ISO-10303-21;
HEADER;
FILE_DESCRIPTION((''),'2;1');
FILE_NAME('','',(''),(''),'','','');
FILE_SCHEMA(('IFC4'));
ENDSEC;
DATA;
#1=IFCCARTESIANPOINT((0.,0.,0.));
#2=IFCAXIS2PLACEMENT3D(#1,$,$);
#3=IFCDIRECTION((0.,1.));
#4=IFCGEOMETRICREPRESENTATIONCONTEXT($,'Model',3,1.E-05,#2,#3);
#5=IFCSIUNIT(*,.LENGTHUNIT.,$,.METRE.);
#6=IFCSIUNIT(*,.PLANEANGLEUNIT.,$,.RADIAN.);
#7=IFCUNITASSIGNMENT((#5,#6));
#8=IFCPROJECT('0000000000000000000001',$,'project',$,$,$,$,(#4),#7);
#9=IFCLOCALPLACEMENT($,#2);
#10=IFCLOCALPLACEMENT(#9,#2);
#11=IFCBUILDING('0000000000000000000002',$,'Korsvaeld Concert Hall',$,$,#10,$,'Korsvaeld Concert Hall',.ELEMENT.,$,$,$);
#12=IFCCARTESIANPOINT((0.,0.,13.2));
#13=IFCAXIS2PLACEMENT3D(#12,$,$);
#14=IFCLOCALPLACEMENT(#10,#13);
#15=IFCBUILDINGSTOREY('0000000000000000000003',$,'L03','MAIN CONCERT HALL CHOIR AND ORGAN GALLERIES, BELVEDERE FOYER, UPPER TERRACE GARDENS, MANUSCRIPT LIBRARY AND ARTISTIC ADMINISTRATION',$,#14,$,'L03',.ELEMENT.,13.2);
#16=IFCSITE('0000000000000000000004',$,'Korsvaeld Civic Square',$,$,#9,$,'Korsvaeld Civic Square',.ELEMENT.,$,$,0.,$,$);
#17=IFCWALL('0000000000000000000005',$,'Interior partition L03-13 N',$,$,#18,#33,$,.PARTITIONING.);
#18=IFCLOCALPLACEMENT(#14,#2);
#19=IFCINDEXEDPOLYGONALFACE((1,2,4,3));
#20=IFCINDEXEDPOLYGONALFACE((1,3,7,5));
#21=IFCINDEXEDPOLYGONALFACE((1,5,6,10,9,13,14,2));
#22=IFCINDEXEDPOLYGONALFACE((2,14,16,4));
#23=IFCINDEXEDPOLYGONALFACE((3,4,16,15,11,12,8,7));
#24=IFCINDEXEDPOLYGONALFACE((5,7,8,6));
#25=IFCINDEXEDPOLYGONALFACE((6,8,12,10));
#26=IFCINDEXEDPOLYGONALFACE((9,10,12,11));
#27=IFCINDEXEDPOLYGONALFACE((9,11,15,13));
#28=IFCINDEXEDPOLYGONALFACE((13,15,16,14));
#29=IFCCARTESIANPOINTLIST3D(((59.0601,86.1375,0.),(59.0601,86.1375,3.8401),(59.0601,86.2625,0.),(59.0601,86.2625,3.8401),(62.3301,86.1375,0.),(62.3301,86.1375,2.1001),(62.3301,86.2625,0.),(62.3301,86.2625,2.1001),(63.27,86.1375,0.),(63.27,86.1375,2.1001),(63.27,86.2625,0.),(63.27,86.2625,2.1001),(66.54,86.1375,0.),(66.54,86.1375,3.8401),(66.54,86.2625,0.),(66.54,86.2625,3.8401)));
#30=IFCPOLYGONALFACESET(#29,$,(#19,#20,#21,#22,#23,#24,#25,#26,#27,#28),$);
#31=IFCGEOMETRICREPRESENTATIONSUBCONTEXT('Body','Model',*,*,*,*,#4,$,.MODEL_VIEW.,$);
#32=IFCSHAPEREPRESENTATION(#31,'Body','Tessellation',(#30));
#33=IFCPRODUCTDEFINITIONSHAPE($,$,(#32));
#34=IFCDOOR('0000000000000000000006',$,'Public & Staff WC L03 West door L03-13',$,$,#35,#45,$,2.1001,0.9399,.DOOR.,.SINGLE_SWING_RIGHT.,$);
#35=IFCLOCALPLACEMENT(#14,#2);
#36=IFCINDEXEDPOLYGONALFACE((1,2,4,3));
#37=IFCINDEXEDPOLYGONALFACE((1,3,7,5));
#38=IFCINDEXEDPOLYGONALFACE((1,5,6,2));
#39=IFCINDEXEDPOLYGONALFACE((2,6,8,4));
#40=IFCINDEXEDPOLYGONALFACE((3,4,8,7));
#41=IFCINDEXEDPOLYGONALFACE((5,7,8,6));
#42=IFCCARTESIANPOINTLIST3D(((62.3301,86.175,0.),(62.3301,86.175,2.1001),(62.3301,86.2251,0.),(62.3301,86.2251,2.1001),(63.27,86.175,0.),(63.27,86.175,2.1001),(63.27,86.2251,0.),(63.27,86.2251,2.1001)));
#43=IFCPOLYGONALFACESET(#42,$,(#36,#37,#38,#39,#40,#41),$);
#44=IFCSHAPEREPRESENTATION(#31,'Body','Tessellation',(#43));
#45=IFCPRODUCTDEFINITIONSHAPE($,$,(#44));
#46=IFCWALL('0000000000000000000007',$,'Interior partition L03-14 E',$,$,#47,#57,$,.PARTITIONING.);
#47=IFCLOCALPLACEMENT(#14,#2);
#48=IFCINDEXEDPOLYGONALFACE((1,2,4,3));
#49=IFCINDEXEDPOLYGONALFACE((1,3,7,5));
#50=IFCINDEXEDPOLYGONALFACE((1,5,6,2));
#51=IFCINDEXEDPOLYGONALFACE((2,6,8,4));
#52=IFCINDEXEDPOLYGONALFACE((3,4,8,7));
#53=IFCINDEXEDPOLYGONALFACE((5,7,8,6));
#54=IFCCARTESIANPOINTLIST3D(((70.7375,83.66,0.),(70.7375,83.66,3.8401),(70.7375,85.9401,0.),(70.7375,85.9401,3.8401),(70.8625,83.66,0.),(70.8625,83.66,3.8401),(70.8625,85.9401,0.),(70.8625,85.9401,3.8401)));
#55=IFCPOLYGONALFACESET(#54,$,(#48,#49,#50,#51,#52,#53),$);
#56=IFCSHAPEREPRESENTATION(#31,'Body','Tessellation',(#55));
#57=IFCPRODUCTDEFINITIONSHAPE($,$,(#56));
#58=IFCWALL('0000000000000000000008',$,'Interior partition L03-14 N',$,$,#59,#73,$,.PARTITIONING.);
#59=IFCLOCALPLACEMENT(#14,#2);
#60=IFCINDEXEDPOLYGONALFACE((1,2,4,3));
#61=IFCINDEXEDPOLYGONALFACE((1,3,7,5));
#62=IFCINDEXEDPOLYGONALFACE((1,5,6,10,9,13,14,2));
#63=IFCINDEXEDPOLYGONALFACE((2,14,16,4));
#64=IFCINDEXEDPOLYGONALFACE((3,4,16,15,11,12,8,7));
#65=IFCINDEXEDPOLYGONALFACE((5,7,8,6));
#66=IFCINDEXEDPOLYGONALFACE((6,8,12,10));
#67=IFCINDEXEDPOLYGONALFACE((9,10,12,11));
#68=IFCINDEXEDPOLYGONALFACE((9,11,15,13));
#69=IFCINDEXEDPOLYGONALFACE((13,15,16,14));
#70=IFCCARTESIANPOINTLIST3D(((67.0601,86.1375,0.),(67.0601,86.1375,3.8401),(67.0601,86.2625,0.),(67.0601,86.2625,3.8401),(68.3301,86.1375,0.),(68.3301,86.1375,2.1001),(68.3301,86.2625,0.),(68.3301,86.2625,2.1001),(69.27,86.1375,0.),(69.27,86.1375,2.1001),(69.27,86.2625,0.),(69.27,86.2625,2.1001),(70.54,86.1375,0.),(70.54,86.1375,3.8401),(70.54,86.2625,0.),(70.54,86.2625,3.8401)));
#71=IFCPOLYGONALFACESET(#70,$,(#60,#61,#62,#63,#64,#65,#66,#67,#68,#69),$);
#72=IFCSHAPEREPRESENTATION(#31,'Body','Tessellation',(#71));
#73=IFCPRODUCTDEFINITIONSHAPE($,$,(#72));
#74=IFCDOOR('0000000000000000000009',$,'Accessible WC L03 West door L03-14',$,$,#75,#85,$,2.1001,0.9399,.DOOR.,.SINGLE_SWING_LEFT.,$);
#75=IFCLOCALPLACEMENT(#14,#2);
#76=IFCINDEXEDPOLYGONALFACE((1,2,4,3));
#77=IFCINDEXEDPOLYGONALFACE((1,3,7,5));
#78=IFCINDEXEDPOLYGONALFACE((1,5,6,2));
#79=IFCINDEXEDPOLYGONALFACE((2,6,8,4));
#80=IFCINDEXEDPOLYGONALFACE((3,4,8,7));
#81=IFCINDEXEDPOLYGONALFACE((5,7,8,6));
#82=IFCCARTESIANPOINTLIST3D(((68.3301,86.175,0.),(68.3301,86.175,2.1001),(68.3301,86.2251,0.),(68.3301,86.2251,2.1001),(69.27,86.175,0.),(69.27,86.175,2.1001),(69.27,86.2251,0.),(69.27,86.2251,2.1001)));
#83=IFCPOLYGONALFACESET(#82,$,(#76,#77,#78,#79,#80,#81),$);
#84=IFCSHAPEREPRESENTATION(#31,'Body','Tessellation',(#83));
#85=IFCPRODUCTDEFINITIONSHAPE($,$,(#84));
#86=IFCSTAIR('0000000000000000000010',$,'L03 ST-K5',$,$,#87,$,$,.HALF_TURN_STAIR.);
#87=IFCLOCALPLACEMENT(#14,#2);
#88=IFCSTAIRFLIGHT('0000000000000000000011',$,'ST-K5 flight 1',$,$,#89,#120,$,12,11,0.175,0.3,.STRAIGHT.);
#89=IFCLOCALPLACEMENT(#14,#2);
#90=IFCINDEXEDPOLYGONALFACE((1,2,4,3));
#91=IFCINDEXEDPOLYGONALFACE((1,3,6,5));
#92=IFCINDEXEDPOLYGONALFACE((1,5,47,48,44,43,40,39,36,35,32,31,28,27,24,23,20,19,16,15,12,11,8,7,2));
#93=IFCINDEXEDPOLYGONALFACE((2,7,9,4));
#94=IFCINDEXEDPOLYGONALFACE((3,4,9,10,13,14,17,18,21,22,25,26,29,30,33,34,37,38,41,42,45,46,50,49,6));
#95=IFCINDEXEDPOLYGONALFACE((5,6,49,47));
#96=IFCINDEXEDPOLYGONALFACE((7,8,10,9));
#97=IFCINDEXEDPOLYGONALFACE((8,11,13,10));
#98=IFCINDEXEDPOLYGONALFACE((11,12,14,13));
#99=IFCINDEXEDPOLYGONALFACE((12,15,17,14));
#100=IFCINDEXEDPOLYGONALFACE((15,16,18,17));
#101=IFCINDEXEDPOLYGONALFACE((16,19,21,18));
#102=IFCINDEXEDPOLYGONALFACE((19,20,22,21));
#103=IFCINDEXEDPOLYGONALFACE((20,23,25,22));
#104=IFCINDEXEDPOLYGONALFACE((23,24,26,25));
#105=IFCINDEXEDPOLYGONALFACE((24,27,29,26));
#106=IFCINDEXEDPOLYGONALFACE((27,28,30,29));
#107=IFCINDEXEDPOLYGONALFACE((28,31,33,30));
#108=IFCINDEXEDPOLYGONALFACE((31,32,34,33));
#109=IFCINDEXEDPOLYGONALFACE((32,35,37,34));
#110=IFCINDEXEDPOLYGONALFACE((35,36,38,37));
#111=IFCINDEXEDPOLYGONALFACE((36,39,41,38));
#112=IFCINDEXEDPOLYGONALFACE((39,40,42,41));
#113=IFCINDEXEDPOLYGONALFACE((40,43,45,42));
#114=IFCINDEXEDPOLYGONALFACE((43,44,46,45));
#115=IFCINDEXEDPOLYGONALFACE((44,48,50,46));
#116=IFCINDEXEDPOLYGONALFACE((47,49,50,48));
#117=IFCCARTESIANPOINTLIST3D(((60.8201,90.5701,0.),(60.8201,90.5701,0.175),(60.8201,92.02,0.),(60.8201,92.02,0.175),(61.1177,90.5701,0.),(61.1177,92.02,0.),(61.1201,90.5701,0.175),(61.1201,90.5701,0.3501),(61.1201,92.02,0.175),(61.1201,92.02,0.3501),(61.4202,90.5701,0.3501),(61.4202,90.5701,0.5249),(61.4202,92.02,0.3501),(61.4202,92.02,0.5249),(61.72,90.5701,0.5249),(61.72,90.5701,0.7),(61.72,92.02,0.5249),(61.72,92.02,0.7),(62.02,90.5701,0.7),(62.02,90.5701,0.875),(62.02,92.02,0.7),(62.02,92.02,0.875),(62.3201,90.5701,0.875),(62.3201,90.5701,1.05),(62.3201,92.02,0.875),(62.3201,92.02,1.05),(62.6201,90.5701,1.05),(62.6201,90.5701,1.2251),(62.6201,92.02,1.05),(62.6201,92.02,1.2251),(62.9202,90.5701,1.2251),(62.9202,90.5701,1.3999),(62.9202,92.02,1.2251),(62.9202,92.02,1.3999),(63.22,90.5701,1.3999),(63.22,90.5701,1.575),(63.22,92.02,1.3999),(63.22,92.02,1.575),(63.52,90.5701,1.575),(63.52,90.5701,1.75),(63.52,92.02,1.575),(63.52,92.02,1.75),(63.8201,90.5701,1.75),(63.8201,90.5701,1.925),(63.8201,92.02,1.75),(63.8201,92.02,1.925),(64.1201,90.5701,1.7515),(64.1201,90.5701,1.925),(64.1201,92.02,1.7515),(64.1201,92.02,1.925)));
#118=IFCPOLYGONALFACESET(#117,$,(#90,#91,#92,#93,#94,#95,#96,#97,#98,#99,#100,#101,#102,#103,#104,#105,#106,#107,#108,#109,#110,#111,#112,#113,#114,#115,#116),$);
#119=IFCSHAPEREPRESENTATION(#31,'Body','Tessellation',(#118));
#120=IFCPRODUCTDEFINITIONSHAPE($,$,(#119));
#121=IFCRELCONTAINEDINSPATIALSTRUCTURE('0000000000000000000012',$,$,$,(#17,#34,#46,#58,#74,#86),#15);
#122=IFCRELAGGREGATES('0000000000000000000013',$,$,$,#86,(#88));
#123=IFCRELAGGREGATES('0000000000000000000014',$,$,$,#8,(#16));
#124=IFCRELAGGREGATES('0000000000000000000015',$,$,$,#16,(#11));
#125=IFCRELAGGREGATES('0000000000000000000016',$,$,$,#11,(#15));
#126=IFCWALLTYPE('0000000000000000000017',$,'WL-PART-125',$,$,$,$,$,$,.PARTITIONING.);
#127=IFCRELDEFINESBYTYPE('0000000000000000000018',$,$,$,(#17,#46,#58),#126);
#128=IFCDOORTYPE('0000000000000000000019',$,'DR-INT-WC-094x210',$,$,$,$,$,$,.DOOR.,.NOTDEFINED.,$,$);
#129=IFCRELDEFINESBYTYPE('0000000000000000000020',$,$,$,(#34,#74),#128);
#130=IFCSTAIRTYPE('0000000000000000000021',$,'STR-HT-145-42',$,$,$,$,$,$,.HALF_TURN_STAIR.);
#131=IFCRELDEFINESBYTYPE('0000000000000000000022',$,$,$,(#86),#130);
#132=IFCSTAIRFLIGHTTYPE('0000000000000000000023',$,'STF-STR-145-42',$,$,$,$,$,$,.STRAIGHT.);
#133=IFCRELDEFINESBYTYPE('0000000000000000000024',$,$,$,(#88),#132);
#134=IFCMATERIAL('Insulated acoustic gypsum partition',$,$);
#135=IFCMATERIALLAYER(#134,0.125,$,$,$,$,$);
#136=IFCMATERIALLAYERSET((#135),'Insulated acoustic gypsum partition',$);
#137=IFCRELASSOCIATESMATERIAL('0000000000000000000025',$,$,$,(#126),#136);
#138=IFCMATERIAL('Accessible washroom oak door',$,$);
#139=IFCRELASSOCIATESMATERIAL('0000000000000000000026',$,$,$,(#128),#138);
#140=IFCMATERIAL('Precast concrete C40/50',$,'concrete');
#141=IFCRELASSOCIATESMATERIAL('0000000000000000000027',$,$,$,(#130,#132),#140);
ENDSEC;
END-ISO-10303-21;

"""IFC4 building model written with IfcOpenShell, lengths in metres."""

from ifc_helpers import new_model, si_unit, direction, frame, frame_2d, origin, place, context, subcontext, project, spatial, polyline, rectangle, outline, extrude, material, layer, layer_set, type_object, element, fill, aggregate, save


model = new_model("IFC4")

# Units and contexts
model_context = context("Model", 3, precision=1e-05, world=origin(), true_north=direction((0.0, 1.0)))
body_context = subcontext(model_context, "Body", "Model", "MODEL_VIEW")
ifc_project = project(units=[si_unit("LENGTHUNIT", "METRE"), si_unit("PLANEANGLEUNIT", "RADIAN")], contexts=[model_context])

# Site, building, storey
site_placement = place(None, origin())
site = spatial("IfcSite", under=ifc_project, at=site_placement, Name="Korsvaeld Civic Square", LongName="Korsvaeld Civic Square", CompositionType="ELEMENT", RefElevation=0.0)
building_placement = place(site_placement, origin())
building = spatial("IfcBuilding", under=site, at=building_placement, Name="Korsvaeld Concert Hall", LongName="Korsvaeld Concert Hall", CompositionType="ELEMENT")
storey_placement = place(building_placement, frame((0.0, 0.0, 13.2)))
storey = spatial("IfcBuildingStorey", under=building, at=storey_placement, Name="L03", Description="MAIN CONCERT HALL CHOIR AND ORGAN GALLERIES, BELVEDERE FOYER, UPPER TERRACE GARDENS, MANUSCRIPT LIBRARY AND ARTISTIC ADMINISTRATION", LongName="L03", CompositionType="ELEMENT", Elevation=13.2)

# Wall, opening, door
ifc_material_1 = material(Name="Insulated acoustic gypsum partition")
ifc_layer_1 = layer(ifc_material_1, 0.125)
ifc_layer_set_1 = layer_set([ifc_layer_1], Name="Insulated acoustic gypsum partition")
wall_type_1 = type_object("IfcWallType", Name="WL-PART-125", PredefinedType="PARTITIONING", material=ifc_layer_set_1)
wall_1_placement = place(storey_placement, frame((66.54, 86.2, 0.0), z_axis=(0.0, 0.0, 1.0), x_axis=(-1.0, 0.0, 0.0)))
wall_1 = element("IfcWall", 1, at=wall_1_placement, inside=storey, type_object=wall_type_1, Name="Interior partition L03-13 N", PredefinedType="PARTITIONING", context=body_context, shape_type="SweptSolid", body=[
    extrude(rectangle(XDim=7.48, YDim=0.125, at=frame_2d((3.74, 0.0))), origin(), (0.0, 0.0, 1.0), 3.8401),
])
opening_1_placement = place(wall_1_placement, frame((3.27, 0.0, 0.0)))
opening_1 = element("IfcOpeningElement", 2, at=opening_1_placement, cuts=wall_1, PredefinedType="OPENING", context=body_context, shape_type="SweptSolid", body=[
    extrude(rectangle(XDim=0.9399, YDim=2.1001, at=frame_2d((0.47, 1.05))), frame((0.0, 0.0725, 0.0), z_axis=(0.0, -1.0, 0.0), x_axis=(1.0, 0.0, 0.0)), (0.0, 0.0, 1.0), 0.145),
])
ifc_material_2 = material(Name="Accessible washroom oak door")
door_type_1 = type_object("IfcDoorType", Name="DR-INT-WC-094x210", OperationType="NOTDEFINED", PredefinedType="DOOR", material=ifc_material_2)
door_1_placement = place(opening_1_placement, origin())
door_1 = element("IfcDoor", 3, at=door_1_placement, inside=storey, type_object=door_type_1, Name="Public & Staff WC L03 West door L03-13", OperationType="SINGLE_SWING_RIGHT", OverallHeight=2.1001, OverallWidth=0.9399, PredefinedType="DOOR", context=body_context, shape_type="SweptSolid", body=[
    extrude(rectangle(XDim=0.9399, YDim=2.1001, at=frame_2d((0.47, 1.05))), frame((0.0, 0.0249, 0.0), z_axis=(0.0, -1.0, 0.0), x_axis=(1.0, 0.0, 0.0)), (0.0, 0.0, 1.0), 0.05),
])
fill(opening_1, door_1)

# Wall
wall_2_placement = place(storey_placement, frame((70.8, 83.6599, 0.0), z_axis=(0.0, 0.0, 1.0), x_axis=(0.0, 1.0, 0.0)))
element("IfcWall", 4, at=wall_2_placement, inside=storey, type_object=wall_type_1, Name="Interior partition L03-14 E", PredefinedType="PARTITIONING", context=body_context, shape_type="SweptSolid", body=[
    extrude(rectangle(XDim=2.28, YDim=0.125, at=frame_2d((1.1401, 0.0))), origin(), (0.0, 0.0, 1.0), 3.8401),
])

# Wall, opening, door
wall_3_placement = place(storey_placement, frame((70.54, 86.2, 0.0), z_axis=(0.0, 0.0, 1.0), x_axis=(-1.0, 0.0, 0.0)))
wall_3 = element("IfcWall", 5, at=wall_3_placement, inside=storey, type_object=wall_type_1, Name="Interior partition L03-14 N", PredefinedType="PARTITIONING", context=body_context, shape_type="SweptSolid", body=[
    extrude(rectangle(XDim=3.48, YDim=0.125, at=frame_2d((1.74, 0.0))), origin(), (0.0, 0.0, 1.0), 3.8401),
])
opening_2_placement = place(wall_3_placement, frame((1.27, 0.0, 0.0)))
opening_2 = element("IfcOpeningElement", 6, at=opening_2_placement, cuts=wall_3, PredefinedType="OPENING", context=body_context, shape_type="SweptSolid", body=[
    extrude(rectangle(XDim=0.9399, YDim=2.1001, at=frame_2d((0.47, 1.05))), frame((0.0, 0.0725, 0.0), z_axis=(0.0, -1.0, 0.0), x_axis=(1.0, 0.0, 0.0)), (0.0, 0.0, 1.0), 0.145),
])
door_2_placement = place(opening_2_placement, origin())
door_2 = element("IfcDoor", 7, at=door_2_placement, inside=storey, type_object=door_type_1, Name="Accessible WC L03 West door L03-14", OperationType="SINGLE_SWING_LEFT", OverallHeight=2.1001, OverallWidth=0.9399, PredefinedType="DOOR", context=body_context, shape_type="SweptSolid", body=[
    extrude(rectangle(XDim=0.9399, YDim=2.1001, at=frame_2d((0.47, 1.05))), frame((0.0, 0.0249, 0.0), z_axis=(0.0, -1.0, 0.0), x_axis=(1.0, 0.0, 0.0)), (0.0, 0.0, 1.0), 0.05),
])
fill(opening_2, door_2)

# Stair, stair flight
ifc_material_3 = material(Name="Precast concrete C40/50", Category="concrete")
stair_type = type_object("IfcStairType", Name="STR-HT-145-42", PredefinedType="HALF_TURN_STAIR", material=ifc_material_3)
stair_placement = place(storey_placement, origin())
stair = element("IfcStair", 8, at=stair_placement, inside=storey, type_object=stair_type, Name="L03 ST-K5", PredefinedType="HALF_TURN_STAIR")
stair_flight_type = type_object("IfcStairFlightType", Name="STF-STR-145-42", PredefinedType="STRAIGHT", material=ifc_material_3)
stair_flight_placement = place(storey_placement, frame((60.8201, 91.2949, 0.0), z_axis=(0.0, 0.0, 1.0), x_axis=(1.0, 0.0, 0.0)))
stair_flight = element("IfcStairFlight", 9, at=stair_flight_placement, type_object=stair_flight_type, Name="ST-K5 flight 1", NumberOfRisers=12, NumberOfTreads=11, PredefinedType="STRAIGHT", RiserHeight=0.175, TreadLength=0.3, context=body_context, shape_type="SweptSolid", body=[
    extrude(outline(polyline([(0.0, 0.0), (0.0, 0.175), (0.3, 0.175), (0.3, 0.3501), (0.6001, 0.3501), (0.6001, 0.5249), (0.8999, 0.5249), (0.8999, 0.7), (1.2, 0.7), (1.2, 0.875), (1.5, 0.875), (1.5, 1.05), (1.8, 1.05), (1.8, 1.2251), (2.1001, 1.2251), (2.1001, 1.3999), (2.3999, 1.3999), (2.3999, 1.575), (2.7, 1.575), (2.7, 1.75), (3.0, 1.75), (3.0, 1.925), (3.3, 1.925), (3.3, 2.1001), (3.3, 1.7515), (0.2976, 0.0), (0.0, 0.0)])), frame((0.0, 0.7251, 0.0), z_axis=(0.0, -1.0, 0.0), x_axis=(1.0, 0.0, 0.0)), (0.0, 0.0, 1.0), 1.45),
])
aggregate(stair, [stair_flight])

save(model, "model.ifc")
